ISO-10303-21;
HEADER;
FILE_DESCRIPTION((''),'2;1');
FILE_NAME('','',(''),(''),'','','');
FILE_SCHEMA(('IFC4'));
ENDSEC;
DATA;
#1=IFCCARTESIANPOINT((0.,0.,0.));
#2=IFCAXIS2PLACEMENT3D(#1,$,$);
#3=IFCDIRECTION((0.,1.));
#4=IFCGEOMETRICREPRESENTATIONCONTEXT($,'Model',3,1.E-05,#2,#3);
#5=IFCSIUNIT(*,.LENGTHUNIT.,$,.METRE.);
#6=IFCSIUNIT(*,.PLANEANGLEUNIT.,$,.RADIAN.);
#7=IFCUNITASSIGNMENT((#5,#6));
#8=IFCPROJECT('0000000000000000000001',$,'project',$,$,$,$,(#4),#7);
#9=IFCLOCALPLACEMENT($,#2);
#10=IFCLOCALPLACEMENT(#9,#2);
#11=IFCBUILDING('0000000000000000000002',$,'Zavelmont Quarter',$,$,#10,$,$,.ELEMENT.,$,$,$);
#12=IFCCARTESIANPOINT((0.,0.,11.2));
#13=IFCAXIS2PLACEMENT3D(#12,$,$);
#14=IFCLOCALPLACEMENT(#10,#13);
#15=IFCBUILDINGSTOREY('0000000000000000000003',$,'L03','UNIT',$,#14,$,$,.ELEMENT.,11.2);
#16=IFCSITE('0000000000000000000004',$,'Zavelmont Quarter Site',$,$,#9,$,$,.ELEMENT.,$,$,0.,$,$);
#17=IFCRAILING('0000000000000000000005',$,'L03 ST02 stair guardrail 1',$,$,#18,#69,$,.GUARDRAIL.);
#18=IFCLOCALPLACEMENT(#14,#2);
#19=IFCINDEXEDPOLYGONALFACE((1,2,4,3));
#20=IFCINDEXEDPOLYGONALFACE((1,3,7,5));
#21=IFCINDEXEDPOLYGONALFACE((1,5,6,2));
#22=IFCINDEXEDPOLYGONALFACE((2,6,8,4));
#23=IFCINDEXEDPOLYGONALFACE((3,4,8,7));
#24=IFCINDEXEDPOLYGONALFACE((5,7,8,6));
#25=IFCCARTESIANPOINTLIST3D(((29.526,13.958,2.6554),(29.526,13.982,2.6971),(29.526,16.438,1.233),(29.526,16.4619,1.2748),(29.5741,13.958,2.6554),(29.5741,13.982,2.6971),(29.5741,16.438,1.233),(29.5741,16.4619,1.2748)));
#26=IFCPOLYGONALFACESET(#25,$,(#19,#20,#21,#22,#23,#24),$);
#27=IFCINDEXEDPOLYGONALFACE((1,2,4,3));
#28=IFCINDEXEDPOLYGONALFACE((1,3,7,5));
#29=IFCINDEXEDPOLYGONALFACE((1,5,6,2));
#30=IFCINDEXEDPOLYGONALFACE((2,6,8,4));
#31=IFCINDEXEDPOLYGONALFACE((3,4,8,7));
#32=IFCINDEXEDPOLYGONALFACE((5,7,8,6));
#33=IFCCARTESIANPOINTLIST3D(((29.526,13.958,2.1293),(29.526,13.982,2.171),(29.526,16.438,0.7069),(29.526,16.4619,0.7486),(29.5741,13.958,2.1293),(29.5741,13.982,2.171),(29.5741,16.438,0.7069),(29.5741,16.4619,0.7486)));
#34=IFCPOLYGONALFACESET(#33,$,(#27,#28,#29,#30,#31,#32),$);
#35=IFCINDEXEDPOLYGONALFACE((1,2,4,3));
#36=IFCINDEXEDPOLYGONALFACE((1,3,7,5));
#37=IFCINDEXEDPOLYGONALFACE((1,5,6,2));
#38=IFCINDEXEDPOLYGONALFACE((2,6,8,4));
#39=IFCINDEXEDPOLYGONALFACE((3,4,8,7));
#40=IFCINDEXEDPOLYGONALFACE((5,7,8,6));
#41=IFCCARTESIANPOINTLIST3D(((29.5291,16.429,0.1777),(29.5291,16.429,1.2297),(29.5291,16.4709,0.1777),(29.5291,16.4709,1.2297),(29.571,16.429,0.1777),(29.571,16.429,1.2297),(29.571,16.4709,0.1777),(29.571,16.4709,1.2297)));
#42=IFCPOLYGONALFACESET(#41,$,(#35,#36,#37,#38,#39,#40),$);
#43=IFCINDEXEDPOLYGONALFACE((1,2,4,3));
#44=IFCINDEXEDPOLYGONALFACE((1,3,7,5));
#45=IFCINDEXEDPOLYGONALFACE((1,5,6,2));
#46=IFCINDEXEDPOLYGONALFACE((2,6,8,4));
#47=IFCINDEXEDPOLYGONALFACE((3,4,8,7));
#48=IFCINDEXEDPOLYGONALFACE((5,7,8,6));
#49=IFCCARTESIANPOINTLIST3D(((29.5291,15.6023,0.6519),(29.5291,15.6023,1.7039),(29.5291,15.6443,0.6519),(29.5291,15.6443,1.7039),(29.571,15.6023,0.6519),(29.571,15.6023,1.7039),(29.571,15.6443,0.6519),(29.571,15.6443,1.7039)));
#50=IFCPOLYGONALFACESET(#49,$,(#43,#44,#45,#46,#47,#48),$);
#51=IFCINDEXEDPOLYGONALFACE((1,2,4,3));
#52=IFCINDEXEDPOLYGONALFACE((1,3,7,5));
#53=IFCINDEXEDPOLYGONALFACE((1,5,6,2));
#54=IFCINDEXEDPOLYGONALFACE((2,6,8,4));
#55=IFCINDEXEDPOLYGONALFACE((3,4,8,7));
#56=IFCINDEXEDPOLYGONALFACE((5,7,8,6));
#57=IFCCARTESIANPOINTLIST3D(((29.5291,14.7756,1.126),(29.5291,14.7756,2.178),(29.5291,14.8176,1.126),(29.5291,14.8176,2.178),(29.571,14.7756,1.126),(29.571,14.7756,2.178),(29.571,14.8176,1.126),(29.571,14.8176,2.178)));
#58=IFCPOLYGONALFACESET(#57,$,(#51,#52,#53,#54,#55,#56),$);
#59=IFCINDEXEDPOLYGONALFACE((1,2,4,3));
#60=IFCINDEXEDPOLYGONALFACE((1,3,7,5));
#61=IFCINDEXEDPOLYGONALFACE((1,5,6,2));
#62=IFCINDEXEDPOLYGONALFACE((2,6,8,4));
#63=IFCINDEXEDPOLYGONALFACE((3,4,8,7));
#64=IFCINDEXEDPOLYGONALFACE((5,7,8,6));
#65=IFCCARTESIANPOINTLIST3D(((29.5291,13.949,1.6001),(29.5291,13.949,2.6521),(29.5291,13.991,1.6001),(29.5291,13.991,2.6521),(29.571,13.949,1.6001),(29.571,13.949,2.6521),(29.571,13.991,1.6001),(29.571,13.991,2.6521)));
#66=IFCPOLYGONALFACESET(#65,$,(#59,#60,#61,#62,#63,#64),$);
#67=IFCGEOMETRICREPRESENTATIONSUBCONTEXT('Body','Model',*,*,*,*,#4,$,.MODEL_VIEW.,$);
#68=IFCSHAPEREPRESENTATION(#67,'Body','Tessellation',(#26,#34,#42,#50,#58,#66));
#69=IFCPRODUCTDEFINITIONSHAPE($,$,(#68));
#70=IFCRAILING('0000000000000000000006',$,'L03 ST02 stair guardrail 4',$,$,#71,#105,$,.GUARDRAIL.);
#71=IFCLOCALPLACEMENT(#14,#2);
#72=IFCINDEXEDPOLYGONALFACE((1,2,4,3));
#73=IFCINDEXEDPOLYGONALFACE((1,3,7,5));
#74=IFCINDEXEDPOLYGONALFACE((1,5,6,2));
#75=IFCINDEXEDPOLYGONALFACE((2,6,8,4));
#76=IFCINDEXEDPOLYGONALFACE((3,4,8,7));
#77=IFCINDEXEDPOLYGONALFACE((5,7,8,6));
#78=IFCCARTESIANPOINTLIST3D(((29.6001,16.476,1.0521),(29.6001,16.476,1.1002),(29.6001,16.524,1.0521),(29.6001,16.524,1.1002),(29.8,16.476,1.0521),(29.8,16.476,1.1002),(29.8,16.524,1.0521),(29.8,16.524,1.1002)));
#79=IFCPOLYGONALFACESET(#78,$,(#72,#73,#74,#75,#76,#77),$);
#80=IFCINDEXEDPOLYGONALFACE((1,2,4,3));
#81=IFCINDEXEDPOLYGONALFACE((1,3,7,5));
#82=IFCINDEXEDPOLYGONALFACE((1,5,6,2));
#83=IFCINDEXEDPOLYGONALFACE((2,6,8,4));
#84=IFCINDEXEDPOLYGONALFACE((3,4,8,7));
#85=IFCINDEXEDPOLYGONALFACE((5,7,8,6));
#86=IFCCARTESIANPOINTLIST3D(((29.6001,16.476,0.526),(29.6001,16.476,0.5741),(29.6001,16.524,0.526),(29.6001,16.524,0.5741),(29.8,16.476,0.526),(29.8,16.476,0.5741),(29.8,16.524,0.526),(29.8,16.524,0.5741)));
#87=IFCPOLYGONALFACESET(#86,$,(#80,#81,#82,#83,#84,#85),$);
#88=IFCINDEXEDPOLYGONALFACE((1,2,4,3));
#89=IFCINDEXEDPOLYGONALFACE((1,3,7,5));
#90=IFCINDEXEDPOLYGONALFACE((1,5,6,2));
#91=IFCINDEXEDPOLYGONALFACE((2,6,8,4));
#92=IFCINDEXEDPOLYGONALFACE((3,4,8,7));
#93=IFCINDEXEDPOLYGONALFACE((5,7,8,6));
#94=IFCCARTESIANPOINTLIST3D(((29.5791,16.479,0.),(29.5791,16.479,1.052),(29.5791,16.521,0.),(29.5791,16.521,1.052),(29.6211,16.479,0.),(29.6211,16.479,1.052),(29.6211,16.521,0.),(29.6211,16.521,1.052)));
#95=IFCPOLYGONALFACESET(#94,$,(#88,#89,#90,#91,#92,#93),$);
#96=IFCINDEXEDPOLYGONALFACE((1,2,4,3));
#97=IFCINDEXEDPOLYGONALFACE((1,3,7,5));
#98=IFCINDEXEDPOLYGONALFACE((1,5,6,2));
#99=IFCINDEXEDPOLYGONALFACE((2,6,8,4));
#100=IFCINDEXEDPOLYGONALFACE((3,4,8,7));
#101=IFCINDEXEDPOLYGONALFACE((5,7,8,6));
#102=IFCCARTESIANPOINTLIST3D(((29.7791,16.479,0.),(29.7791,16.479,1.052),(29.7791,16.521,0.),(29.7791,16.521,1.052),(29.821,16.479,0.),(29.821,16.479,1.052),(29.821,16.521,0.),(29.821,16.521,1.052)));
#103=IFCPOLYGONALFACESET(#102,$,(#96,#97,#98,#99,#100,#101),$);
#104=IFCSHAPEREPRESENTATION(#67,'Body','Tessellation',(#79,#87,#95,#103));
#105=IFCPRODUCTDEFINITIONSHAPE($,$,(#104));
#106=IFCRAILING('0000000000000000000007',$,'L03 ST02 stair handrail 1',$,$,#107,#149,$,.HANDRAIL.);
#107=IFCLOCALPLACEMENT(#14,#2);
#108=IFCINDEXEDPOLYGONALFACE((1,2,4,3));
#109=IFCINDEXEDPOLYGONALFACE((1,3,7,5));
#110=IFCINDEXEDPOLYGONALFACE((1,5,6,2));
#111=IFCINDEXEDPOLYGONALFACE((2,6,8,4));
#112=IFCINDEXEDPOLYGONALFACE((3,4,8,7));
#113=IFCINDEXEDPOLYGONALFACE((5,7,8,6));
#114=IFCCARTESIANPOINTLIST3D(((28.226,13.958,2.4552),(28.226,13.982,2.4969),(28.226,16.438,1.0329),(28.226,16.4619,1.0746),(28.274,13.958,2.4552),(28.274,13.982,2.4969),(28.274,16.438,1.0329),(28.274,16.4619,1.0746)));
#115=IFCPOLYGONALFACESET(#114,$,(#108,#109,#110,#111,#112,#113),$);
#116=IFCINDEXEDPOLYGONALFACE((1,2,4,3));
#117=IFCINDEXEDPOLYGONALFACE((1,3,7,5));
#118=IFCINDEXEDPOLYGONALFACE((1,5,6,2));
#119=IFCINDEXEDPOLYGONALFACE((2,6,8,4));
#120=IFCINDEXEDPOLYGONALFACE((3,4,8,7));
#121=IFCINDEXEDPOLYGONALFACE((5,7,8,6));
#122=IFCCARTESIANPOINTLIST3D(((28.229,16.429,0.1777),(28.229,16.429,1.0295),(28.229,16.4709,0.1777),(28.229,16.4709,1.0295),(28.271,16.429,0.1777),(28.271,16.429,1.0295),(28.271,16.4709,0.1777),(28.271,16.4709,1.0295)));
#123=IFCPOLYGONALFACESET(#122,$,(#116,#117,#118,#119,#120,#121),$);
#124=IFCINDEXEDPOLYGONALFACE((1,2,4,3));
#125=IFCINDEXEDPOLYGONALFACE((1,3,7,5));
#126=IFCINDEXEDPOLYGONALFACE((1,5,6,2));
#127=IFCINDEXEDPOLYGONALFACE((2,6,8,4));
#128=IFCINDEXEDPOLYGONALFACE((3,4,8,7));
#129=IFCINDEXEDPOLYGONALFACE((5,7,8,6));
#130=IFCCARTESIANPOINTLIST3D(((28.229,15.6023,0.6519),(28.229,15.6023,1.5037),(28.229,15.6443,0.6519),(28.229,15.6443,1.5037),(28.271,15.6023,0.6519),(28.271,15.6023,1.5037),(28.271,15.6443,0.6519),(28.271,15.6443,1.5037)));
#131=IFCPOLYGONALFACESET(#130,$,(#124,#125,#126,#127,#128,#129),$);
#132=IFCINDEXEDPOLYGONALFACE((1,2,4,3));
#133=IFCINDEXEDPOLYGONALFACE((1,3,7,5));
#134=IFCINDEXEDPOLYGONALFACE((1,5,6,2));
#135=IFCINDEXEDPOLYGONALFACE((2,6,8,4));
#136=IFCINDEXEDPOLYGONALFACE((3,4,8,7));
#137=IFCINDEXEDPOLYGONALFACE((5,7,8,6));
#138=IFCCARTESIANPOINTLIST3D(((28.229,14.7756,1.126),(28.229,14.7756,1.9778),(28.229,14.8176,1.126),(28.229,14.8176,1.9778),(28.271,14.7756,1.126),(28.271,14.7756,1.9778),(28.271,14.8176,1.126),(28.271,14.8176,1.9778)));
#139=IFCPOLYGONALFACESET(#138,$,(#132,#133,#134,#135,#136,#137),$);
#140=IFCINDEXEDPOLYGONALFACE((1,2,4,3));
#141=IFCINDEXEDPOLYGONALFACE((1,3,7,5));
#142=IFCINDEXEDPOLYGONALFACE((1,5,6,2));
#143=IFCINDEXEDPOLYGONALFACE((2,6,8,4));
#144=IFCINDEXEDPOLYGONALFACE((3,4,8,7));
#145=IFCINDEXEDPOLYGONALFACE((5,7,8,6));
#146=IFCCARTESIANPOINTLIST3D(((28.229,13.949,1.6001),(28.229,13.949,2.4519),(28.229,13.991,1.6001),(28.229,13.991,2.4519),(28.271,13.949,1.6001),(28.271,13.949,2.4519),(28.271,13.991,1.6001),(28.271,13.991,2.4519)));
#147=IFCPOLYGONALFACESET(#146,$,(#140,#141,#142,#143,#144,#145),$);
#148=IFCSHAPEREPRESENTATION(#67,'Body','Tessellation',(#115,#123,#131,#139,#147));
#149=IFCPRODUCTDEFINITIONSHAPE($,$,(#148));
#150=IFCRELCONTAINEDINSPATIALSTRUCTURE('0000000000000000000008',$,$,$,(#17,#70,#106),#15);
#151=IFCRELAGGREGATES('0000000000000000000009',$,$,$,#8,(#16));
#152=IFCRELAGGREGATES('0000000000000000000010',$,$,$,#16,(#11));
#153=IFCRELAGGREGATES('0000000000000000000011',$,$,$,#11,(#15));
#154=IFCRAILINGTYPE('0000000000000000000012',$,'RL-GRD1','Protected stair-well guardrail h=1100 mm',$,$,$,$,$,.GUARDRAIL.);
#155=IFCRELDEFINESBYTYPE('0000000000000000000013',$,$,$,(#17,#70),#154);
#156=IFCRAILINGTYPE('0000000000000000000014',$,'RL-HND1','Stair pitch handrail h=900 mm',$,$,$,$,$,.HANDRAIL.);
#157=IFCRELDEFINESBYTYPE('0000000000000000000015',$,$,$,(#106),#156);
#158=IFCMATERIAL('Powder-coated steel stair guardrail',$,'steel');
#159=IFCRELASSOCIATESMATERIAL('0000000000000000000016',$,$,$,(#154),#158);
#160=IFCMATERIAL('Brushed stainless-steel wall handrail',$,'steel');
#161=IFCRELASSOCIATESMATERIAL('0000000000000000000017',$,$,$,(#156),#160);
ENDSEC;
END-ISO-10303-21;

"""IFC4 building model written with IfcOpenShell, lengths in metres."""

from ifc_helpers import new_model, si_unit, direction, frame, origin, origin_2d, place, context, subcontext, project, spatial, rectangle, extrude, material, type_object, element, save


model = new_model("IFC4")

# Units and contexts
model_context = context("Model", 3, precision=1e-05, world=origin(), true_north=direction((0.0, 1.0)))
body_context = subcontext(model_context, "Body", "Model", "MODEL_VIEW")
ifc_project = project(units=[si_unit("LENGTHUNIT", "METRE"), si_unit("PLANEANGLEUNIT", "RADIAN")], contexts=[model_context])

# Site, building, storey
site_placement = place(None, origin())
site = spatial("IfcSite", under=ifc_project, at=site_placement, Name="Zavelmont Quarter Site", CompositionType="ELEMENT", RefElevation=0.0)
building_placement = place(site_placement, origin())
building = spatial("IfcBuilding", under=site, at=building_placement, Name="Zavelmont Quarter", CompositionType="ELEMENT")
storey_placement = place(building_placement, frame((0.0, 0.0, 11.2)))
storey = spatial("IfcBuildingStorey", under=building, at=storey_placement, Name="L03", Description="UNIT", CompositionType="ELEMENT", Elevation=11.2)

# Railings
ifc_material_1 = material(Name="Powder-coated steel stair guardrail", Category="steel")
railing_type_1 = type_object("IfcRailingType", Name="RL-GRD1", Description="Protected stair-well guardrail h=1100 mm", PredefinedType="GUARDRAIL", material=ifc_material_1)
railing_1_placement = place(storey_placement, frame((29.55, 16.45, 0.1777)))
element("IfcRailing", 1, at=railing_1_placement, inside=storey, type_object=railing_type_1, Name="L03 ST02 stair guardrail 1", PredefinedType="GUARDRAIL", context=body_context, shape_type="SweptSolid", body=[
    extrude(rectangle(XDim=0.0481, YDim=0.0481, at=origin_2d()), frame((0.0, 0.0, 1.0762), z_axis=(0.0, -0.867454, 0.497518), x_axis=(1.0, 0.0, 0.0)), (0.0, 0.0, 1.0), 2.8589),
    extrude(rectangle(XDim=0.0481, YDim=0.0481, at=origin_2d()), frame((0.0, 0.0, 0.55), z_axis=(0.0, -0.867454, 0.497518), x_axis=(1.0, 0.0, 0.0)), (0.0, 0.0, 1.0), 2.8589),
    extrude(rectangle(XDim=0.042, YDim=0.042, at=origin_2d()), origin(), (0.0, 0.0, 1.0), 1.052),
    extrude(rectangle(XDim=0.042, YDim=0.042, at=origin_2d()), frame((0.0, -0.8267, 0.4741)), (0.0, 0.0, 1.0), 1.052),
    extrude(rectangle(XDim=0.042, YDim=0.042, at=origin_2d()), frame((0.0, -1.6533, 0.9482)), (0.0, 0.0, 1.0), 1.052),
    extrude(rectangle(XDim=0.042, YDim=0.042, at=origin_2d()), frame((0.0, -2.48, 1.4224)), (0.0, 0.0, 1.0), 1.052),
])
railing_2_placement = place(storey_placement, frame((29.6001, 16.5, 0.0)))
element("IfcRailing", 2, at=railing_2_placement, inside=storey, type_object=railing_type_1, Name="L03 ST02 stair guardrail 4", PredefinedType="GUARDRAIL", context=body_context, shape_type="SweptSolid", body=[
    extrude(rectangle(XDim=0.0481, YDim=0.0481, at=origin_2d()), frame((0.0, 0.0, 1.0762), z_axis=(1.0, 0.0, 0.0), x_axis=(0.0, 1.0, 0.0)), (0.0, 0.0, 1.0), 0.2),
    extrude(rectangle(XDim=0.0481, YDim=0.0481, at=origin_2d()), frame((0.0, 0.0, 0.55), z_axis=(1.0, 0.0, 0.0), x_axis=(0.0, 1.0, 0.0)), (0.0, 0.0, 1.0), 0.2),
    extrude(rectangle(XDim=0.042, YDim=0.042, at=origin_2d()), origin(), (0.0, 0.0, 1.0), 1.052),
    extrude(rectangle(XDim=0.042, YDim=0.042, at=origin_2d()), frame((0.2, 0.0, 0.0)), (0.0, 0.0, 1.0), 1.052),
])
ifc_material_2 = material(Name="Brushed stainless-steel wall handrail", Category="steel")
railing_type_2 = type_object("IfcRailingType", Name="RL-HND1", Description="Stair pitch handrail h=900 mm", PredefinedType="HANDRAIL", material=ifc_material_2)
railing_3_placement = place(storey_placement, frame((28.25, 16.45, 0.1777)))
element("IfcRailing", 3, at=railing_3_placement, inside=storey, type_object=railing_type_2, Name="L03 ST02 stair handrail 1", PredefinedType="HANDRAIL", context=body_context, shape_type="SweptSolid", body=[
    extrude(rectangle(XDim=0.0481, YDim=0.0481, at=origin_2d()), frame((0.0, 0.0, 0.876), z_axis=(0.0, -0.867454, 0.497518), x_axis=(1.0, 0.0, 0.0)), (0.0, 0.0, 1.0), 2.8589),
    extrude(rectangle(XDim=0.042, YDim=0.042, at=origin_2d()), origin(), (0.0, 0.0, 1.0), 0.8518),
    extrude(rectangle(XDim=0.042, YDim=0.042, at=origin_2d()), frame((0.0, -0.8267, 0.4741)), (0.0, 0.0, 1.0), 0.8518),
    extrude(rectangle(XDim=0.042, YDim=0.042, at=origin_2d()), frame((0.0, -1.6533, 0.9482)), (0.0, 0.0, 1.0), 0.8518),
    extrude(rectangle(XDim=0.042, YDim=0.042, at=origin_2d()), frame((0.0, -2.48, 1.4224)), (0.0, 0.0, 1.0), 0.8518),
])

save(model, "model.ifc")
